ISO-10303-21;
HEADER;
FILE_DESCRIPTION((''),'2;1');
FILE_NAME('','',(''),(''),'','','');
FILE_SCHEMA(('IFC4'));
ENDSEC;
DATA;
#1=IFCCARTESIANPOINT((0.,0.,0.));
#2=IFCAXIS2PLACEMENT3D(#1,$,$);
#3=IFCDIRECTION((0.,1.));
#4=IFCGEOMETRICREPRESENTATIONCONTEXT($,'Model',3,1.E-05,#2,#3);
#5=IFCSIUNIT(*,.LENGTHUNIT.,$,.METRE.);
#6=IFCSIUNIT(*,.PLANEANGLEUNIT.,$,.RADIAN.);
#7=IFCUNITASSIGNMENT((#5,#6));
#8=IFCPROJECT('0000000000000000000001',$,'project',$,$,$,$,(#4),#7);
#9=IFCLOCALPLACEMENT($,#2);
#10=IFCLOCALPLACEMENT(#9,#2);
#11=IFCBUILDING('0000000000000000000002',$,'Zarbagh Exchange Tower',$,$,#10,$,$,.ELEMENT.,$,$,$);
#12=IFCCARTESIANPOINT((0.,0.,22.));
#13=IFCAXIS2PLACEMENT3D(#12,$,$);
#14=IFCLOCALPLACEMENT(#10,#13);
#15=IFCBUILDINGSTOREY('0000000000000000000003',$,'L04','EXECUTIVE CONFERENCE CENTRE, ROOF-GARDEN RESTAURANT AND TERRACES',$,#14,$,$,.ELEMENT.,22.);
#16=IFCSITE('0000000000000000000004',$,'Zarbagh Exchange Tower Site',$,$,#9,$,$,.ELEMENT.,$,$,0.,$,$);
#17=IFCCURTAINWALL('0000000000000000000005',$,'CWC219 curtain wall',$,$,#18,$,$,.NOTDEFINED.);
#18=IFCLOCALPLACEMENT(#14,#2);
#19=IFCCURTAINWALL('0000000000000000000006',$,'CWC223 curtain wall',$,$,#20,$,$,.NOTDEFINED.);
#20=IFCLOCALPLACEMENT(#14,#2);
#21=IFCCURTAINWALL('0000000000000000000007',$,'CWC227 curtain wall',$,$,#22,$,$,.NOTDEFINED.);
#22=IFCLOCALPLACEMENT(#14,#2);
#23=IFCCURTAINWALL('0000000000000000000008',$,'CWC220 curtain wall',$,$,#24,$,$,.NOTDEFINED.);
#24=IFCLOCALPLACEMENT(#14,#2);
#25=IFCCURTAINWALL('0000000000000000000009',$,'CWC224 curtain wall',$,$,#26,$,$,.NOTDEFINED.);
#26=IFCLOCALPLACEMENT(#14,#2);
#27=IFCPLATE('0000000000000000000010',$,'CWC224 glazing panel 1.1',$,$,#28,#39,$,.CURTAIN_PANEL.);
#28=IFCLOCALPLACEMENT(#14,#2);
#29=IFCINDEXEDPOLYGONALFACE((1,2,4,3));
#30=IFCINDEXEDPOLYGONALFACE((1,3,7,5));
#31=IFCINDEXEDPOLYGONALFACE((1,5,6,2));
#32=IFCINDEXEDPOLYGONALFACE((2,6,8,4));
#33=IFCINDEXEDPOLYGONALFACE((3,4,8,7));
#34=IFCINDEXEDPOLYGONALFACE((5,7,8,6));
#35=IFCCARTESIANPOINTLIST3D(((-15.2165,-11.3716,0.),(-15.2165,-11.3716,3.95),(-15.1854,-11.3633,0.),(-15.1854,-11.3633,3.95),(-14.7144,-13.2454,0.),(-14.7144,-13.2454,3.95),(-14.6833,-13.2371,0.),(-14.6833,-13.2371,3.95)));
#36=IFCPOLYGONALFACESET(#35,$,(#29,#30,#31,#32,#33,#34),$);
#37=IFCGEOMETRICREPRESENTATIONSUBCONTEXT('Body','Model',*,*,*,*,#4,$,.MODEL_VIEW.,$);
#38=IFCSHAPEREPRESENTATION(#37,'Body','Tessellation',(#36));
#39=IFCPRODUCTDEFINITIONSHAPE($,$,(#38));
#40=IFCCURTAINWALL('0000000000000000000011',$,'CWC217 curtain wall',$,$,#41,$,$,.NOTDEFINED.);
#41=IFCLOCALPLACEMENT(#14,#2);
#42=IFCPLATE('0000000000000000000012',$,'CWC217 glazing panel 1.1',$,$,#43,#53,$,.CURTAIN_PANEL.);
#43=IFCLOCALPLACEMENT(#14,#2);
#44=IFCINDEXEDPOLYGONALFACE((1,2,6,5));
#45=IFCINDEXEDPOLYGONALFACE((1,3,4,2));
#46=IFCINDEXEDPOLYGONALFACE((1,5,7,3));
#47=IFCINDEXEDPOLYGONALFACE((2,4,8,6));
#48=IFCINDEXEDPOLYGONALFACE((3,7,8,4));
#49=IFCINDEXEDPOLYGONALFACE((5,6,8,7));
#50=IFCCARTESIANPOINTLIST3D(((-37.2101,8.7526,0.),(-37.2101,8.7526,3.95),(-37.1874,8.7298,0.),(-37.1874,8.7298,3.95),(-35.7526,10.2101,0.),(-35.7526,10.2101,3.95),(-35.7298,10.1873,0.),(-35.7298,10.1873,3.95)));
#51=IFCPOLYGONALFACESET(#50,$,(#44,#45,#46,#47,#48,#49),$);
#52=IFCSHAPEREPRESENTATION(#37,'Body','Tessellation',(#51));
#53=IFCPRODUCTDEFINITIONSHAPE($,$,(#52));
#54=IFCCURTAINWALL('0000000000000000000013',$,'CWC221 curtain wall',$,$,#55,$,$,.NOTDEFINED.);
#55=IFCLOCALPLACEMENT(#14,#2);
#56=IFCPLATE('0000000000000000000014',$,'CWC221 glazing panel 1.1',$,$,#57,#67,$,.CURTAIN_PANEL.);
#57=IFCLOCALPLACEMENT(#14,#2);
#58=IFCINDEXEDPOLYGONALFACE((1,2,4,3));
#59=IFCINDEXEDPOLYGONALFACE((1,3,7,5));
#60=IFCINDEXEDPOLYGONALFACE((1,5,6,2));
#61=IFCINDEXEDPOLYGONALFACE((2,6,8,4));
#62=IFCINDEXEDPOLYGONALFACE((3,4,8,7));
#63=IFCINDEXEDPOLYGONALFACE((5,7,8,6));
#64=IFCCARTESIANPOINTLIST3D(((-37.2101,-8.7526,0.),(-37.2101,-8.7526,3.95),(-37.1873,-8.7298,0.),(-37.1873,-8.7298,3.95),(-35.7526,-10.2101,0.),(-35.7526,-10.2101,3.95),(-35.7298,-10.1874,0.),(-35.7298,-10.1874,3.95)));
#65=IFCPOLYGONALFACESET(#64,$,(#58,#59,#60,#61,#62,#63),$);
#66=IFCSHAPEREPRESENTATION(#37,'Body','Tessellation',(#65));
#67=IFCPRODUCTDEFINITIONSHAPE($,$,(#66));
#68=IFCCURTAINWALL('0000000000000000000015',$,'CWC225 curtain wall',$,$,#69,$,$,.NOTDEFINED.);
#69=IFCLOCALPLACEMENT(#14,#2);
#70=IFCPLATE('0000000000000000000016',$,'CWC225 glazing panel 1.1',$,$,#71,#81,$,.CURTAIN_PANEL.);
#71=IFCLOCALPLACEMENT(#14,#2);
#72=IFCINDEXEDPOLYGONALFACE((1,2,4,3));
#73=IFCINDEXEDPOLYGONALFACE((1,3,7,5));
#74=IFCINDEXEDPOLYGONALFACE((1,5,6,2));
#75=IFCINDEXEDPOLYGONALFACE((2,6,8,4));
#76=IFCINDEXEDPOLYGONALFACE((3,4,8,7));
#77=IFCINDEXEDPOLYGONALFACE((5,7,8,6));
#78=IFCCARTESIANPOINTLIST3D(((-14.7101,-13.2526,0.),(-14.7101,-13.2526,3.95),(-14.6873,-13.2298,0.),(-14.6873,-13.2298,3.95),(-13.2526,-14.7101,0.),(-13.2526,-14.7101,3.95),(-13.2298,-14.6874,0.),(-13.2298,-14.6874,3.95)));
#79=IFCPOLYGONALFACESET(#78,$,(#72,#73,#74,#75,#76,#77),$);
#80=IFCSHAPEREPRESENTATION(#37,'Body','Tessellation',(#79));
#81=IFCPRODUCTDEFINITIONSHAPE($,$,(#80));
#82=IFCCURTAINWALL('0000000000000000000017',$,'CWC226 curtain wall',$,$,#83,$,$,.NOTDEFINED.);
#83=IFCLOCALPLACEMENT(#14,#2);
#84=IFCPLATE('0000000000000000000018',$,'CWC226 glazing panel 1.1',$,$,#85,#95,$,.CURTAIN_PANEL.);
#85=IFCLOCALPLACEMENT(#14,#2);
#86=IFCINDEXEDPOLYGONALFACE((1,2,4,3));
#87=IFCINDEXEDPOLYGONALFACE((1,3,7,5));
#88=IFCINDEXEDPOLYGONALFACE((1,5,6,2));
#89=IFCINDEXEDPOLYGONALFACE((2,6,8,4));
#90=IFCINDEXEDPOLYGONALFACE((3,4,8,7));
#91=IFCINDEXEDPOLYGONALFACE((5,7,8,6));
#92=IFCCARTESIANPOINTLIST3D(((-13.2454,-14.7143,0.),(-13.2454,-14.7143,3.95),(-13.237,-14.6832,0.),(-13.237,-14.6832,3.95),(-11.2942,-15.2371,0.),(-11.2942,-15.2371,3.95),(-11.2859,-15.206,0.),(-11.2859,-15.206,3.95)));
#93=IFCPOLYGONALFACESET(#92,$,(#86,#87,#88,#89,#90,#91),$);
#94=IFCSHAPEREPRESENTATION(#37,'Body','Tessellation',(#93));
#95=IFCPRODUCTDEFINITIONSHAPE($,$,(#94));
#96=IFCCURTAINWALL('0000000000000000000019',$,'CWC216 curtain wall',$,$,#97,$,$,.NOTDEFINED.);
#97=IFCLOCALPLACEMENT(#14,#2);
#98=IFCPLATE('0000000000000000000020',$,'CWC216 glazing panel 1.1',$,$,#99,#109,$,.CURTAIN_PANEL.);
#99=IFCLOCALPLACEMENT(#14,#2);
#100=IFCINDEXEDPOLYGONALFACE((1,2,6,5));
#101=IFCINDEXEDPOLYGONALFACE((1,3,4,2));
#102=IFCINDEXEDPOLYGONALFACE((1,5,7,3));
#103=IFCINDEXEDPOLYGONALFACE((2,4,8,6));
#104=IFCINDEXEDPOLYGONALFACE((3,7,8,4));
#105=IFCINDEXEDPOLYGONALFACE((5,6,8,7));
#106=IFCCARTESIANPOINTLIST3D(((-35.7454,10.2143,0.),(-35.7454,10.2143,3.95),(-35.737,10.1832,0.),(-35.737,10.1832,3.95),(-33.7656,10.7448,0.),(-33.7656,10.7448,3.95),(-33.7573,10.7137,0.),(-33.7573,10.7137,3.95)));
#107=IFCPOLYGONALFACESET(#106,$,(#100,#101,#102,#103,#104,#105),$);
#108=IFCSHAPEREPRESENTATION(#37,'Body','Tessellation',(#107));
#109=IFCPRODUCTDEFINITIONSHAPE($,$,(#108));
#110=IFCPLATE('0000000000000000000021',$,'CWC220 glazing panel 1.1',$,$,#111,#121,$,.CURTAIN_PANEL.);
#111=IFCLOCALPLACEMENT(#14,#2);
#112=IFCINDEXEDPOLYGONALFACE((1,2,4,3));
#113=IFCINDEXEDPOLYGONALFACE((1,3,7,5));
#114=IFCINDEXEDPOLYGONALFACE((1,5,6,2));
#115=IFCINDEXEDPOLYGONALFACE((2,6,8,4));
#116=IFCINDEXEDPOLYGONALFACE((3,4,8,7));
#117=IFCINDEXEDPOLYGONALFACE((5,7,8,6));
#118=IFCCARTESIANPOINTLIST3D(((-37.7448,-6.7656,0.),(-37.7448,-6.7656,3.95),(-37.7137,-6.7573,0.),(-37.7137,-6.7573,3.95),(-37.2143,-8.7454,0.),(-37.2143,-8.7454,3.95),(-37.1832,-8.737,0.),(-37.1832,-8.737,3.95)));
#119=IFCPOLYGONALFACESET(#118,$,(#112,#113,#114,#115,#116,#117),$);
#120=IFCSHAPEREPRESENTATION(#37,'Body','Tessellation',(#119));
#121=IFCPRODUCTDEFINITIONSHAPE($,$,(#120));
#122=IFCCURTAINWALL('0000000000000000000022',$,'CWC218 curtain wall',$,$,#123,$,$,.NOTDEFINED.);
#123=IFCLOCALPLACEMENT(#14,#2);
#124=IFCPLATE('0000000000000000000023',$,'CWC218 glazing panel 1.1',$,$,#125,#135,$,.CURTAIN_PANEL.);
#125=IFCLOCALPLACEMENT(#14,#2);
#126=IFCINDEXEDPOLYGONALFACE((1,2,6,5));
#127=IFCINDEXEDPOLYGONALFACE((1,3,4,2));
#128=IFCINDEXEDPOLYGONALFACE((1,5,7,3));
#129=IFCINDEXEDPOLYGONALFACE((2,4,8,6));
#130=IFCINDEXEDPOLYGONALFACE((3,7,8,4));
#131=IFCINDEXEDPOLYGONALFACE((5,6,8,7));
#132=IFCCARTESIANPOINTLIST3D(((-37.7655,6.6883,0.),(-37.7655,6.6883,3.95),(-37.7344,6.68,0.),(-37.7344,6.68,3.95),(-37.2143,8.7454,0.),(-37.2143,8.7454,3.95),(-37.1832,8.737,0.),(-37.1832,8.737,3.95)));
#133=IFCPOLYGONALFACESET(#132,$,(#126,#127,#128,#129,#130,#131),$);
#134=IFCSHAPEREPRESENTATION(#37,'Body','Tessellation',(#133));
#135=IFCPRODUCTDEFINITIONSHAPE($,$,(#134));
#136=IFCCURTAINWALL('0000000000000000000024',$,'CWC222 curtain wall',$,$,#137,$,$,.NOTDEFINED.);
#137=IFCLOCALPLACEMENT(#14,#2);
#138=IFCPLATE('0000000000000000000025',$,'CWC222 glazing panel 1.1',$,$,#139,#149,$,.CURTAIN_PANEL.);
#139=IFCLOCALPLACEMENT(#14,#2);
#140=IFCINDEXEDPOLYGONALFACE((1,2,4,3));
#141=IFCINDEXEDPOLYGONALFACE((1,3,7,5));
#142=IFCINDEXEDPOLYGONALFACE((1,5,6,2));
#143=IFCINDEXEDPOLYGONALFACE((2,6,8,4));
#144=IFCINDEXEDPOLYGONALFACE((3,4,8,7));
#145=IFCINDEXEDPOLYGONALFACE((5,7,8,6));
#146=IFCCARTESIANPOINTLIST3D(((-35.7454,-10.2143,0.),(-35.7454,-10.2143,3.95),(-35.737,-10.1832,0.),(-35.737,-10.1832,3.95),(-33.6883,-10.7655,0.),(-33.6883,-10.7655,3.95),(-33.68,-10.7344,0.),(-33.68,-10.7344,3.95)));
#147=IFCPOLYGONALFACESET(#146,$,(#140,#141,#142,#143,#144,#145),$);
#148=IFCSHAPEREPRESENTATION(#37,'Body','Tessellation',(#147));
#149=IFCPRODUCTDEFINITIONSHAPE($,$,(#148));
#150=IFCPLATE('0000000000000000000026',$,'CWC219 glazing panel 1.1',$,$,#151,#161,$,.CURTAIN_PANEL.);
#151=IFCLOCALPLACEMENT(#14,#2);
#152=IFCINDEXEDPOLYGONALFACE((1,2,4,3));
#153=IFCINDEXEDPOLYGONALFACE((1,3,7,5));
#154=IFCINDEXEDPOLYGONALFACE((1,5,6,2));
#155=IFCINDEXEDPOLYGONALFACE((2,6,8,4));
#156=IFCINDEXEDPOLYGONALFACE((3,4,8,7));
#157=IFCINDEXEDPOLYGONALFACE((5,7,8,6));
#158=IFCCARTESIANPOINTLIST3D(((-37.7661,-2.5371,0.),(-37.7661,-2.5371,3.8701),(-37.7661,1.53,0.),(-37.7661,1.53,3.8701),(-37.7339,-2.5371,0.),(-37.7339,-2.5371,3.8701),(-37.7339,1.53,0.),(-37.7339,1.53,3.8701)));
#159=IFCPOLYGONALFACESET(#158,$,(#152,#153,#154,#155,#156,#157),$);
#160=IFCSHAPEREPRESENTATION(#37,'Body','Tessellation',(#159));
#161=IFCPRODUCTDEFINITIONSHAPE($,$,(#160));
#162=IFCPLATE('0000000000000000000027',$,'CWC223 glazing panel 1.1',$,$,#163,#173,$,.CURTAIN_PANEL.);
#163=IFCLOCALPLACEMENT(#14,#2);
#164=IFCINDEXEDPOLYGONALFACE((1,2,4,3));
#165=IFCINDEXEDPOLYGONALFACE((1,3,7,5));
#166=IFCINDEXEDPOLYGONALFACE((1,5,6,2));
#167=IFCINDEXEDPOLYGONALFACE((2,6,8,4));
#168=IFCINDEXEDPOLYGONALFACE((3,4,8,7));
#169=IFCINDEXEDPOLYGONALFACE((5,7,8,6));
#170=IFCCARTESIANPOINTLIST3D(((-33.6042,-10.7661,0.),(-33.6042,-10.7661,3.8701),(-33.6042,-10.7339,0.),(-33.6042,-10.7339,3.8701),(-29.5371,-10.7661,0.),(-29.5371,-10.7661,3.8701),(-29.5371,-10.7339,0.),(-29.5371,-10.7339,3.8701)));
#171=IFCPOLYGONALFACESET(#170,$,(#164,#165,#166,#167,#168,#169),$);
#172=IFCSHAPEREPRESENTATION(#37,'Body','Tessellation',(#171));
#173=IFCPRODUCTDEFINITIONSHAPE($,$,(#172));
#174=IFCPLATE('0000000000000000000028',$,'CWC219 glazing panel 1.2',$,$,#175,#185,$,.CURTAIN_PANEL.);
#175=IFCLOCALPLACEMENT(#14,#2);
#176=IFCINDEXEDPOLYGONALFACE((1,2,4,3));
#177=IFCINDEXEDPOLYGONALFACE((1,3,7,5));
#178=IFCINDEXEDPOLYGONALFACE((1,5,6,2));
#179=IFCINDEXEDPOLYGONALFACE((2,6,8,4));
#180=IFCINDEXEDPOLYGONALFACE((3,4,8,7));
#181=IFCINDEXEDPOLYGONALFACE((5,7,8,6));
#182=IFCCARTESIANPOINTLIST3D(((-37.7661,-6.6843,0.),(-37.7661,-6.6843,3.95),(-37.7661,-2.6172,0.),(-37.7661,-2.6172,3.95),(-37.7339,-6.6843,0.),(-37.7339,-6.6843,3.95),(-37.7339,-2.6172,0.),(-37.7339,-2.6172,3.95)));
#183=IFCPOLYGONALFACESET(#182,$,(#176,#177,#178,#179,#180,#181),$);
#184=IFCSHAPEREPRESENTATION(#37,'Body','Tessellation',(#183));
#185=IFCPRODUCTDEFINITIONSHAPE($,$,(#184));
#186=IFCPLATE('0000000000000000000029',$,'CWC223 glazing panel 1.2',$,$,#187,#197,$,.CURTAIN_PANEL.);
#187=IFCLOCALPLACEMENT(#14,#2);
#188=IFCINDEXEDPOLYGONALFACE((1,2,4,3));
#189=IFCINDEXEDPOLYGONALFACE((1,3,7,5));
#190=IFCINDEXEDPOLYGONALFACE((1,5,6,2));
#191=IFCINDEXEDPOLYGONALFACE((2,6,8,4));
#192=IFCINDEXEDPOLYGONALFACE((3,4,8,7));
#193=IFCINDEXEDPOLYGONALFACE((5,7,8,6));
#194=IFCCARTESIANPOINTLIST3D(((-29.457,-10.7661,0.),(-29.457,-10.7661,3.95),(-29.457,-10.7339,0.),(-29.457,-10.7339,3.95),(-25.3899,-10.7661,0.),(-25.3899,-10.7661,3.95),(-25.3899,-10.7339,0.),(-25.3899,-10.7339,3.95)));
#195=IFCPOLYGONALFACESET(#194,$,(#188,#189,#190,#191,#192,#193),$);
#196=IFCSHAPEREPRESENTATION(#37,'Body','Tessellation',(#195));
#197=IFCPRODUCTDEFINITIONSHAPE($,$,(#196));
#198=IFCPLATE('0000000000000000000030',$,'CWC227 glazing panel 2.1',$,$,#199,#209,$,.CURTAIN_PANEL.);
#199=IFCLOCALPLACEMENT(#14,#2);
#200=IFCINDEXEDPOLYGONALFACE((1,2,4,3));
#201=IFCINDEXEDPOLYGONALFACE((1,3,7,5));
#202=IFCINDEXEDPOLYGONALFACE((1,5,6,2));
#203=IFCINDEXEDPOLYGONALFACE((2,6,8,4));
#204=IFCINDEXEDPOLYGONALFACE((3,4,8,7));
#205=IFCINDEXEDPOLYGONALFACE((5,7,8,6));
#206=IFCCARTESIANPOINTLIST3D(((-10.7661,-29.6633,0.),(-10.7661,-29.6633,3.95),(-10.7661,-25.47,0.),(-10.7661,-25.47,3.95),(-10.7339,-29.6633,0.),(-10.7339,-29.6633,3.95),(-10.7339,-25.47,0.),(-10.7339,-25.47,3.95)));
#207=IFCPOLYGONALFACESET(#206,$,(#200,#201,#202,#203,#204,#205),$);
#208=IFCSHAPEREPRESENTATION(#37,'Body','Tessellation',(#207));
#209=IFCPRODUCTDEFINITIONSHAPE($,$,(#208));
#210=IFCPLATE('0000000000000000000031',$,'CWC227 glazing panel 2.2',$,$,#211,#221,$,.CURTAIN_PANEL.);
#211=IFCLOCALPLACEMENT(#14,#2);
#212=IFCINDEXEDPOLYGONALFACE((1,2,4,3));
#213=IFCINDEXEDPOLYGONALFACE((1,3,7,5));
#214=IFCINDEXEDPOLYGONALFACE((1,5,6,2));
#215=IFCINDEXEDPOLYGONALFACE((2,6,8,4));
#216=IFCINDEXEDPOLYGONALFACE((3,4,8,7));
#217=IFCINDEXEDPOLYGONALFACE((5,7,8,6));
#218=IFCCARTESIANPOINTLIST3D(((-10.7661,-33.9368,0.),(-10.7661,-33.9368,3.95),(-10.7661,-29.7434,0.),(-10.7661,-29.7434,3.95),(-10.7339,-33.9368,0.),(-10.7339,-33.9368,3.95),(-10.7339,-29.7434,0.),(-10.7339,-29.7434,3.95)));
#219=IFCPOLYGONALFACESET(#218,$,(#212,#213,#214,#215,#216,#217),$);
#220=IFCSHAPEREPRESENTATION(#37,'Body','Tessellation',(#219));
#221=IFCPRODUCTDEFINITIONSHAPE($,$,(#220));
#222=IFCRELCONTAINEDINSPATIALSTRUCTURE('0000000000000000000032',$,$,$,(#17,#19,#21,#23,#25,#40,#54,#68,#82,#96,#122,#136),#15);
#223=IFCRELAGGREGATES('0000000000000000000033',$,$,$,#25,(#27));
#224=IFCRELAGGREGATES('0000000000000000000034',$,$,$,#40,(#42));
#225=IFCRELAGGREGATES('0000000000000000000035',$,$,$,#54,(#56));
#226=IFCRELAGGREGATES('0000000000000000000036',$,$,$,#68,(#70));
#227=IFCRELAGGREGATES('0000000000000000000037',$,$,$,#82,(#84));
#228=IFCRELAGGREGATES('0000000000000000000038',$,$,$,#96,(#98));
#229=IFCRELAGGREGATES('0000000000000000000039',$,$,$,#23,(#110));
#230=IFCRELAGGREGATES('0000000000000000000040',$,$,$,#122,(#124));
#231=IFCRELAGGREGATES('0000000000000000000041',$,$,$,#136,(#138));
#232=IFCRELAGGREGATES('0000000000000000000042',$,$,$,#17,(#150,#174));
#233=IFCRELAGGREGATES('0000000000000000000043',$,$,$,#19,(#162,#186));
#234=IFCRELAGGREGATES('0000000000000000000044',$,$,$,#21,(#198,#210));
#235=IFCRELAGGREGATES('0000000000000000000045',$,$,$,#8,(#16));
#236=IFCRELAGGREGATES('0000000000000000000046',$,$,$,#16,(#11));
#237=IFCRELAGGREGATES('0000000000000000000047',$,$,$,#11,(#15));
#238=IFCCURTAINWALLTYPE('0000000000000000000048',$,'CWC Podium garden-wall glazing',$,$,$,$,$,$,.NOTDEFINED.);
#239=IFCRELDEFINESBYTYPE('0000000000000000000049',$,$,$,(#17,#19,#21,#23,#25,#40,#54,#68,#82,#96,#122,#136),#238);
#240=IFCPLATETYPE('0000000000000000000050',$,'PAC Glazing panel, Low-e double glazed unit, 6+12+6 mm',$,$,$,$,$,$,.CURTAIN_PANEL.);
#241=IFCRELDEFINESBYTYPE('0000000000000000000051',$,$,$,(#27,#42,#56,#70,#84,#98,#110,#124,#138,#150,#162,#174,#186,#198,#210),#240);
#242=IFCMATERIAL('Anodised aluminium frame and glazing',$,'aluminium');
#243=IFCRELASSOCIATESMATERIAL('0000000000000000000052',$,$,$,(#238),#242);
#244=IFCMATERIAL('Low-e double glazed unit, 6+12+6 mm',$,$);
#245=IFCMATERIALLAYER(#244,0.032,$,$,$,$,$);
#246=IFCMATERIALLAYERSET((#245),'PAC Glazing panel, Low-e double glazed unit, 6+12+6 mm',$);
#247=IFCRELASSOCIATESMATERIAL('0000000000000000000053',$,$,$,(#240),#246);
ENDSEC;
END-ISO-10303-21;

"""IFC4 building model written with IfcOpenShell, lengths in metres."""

from ifc_helpers import new_model, si_unit, direction, frame, origin, place, context, subcontext, project, spatial, polyline, outline, extrude, source, transform, mapped, material, layer, layer_set, type_object, element, aggregate, save


model = new_model("IFC4")

# Units and contexts
model_context = context("Model", 3, precision=1e-05, world=origin(), true_north=direction((0.0, 1.0)))
body_context = subcontext(model_context, "Body", "Model", "MODEL_VIEW")
ifc_project = project(units=[si_unit("LENGTHUNIT", "METRE"), si_unit("PLANEANGLEUNIT", "RADIAN")], contexts=[model_context])

# Site, building, storey
site_placement = place(None, origin())
site = spatial("IfcSite", under=ifc_project, at=site_placement, Name="Zarbagh Exchange Tower Site", CompositionType="ELEMENT", RefElevation=0.0)
building_placement = place(site_placement, origin())
building = spatial("IfcBuilding", under=site, at=building_placement, Name="Zarbagh Exchange Tower", CompositionType="ELEMENT")
storey_placement = place(building_placement, frame((0.0, 0.0, 22.0)))
storey = spatial("IfcBuildingStorey", under=building, at=storey_placement, Name="L04", Description="EXECUTIVE CONFERENCE CENTRE, ROOF-GARDEN RESTAURANT AND TERRACES", CompositionType="ELEMENT", Elevation=22.0)

# Curtain walls
ifc_material_1 = material(Name="Anodised aluminium frame and glazing", Category="aluminium")
curtain_wall_type = type_object("IfcCurtainWallType", Name="CWC Podium garden-wall glazing", PredefinedType="NOTDEFINED", material=ifc_material_1)
curtain_wall_1_placement = place(storey_placement, origin())
curtain_wall_1 = element("IfcCurtainWall", 1, at=curtain_wall_1_placement, inside=storey, type_object=curtain_wall_type, Name="CWC219 curtain wall", PredefinedType="NOTDEFINED")
placement = place(storey_placement, origin())
curtain_wall_2_placement = place(storey_placement, origin())
curtain_wall_2 = element("IfcCurtainWall", 2, at=curtain_wall_2_placement, inside=storey, type_object=curtain_wall_type, Name="CWC223 curtain wall", PredefinedType="NOTDEFINED")
curtain_wall_3_placement = place(storey_placement, origin())
curtain_wall_3 = element("IfcCurtainWall", 3, at=curtain_wall_3_placement, inside=storey, type_object=curtain_wall_type, Name="CWC227 curtain wall", PredefinedType="NOTDEFINED")

# Curtain wall
curtain_wall_4_placement = place(storey_placement, origin())
curtain_wall_4 = element("IfcCurtainWall", 4, at=curtain_wall_4_placement, inside=storey, type_object=curtain_wall_type, Name="CWC220 curtain wall", PredefinedType="NOTDEFINED")

# Curtain wall
curtain_wall_5_placement = place(storey_placement, origin())
curtain_wall_5 = element("IfcCurtainWall", 5, at=curtain_wall_5_placement, inside=storey, type_object=curtain_wall_type, Name="CWC224 curtain wall", PredefinedType="NOTDEFINED")

# Plate
ifc_material_2 = material(Name="Low-e double glazed unit, 6+12+6 mm")
ifc_layer = layer(ifc_material_2, 0.032)
ifc_layer_set = layer_set([ifc_layer], Name="PAC Glazing panel, Low-e double glazed unit, 6+12+6 mm")
plate_type = type_object("IfcPlateType", Name="PAC Glazing panel, Low-e double glazed unit, 6+12+6 mm", PredefinedType="CURTAIN_PANEL", material=ifc_layer_set)
shared_shape_1 = source(origin(), body_context, "Body", "SweptSolid", [
    extrude(outline(polyline([(0.0, -0.0161), (1.9399, -0.0161), (1.9399, 0.0161), (0.0, 0.0161), (0.0, -0.0161)])), origin(), (0.0, 0.0, 1.0), 3.95),
])
plate_1 = element("IfcPlate", 6, at=placement, type_object=plate_type, Name="CWC224 glazing panel 1.1", PredefinedType="CURTAIN_PANEL", context=body_context, shape_type="MappedRepresentation", body=[
    mapped(shared_shape_1, transform((-15.2009, -11.3674, 0.0), x_axis=(0.258825, -0.965924, 0.0), y_axis=(0.965924, 0.258825, 0.0), z_axis=(0.0, 0.0, 1.0))),
])
aggregate(curtain_wall_5, [plate_1])

# Curtain walls, plates
curtain_wall_6_placement = place(storey_placement, origin())
curtain_wall_6 = element("IfcCurtainWall", 7, at=curtain_wall_6_placement, inside=storey, type_object=curtain_wall_type, Name="CWC217 curtain wall", PredefinedType="NOTDEFINED")
shared_shape_2 = source(origin(), body_context, "Body", "SweptSolid", [
    extrude(outline(polyline([(0.0, -0.0161), (2.0613, -0.0161), (2.0613, 0.0161), (0.0, 0.0161), (0.0, -0.0161)])), origin(), (0.0, 0.0, 1.0), 3.95),
])
plate_2 = element("IfcPlate", 8, at=placement, type_object=plate_type, Name="CWC217 glazing panel 1.1", PredefinedType="CURTAIN_PANEL", context=body_context, shape_type="MappedRepresentation", body=[
    mapped(shared_shape_2, transform((-35.7412, 10.1987, 0.0), x_axis=(-0.707107, -0.707107, 0.0), y_axis=(0.707107, -0.707107, 0.0), z_axis=(0.0, 0.0, 1.0))),
])
aggregate(curtain_wall_6, [plate_2])
curtain_wall_7_placement = place(storey_placement, origin())
curtain_wall_7 = element("IfcCurtainWall", 9, at=curtain_wall_7_placement, inside=storey, type_object=curtain_wall_type, Name="CWC221 curtain wall", PredefinedType="NOTDEFINED")
plate_3 = element("IfcPlate", 10, at=placement, type_object=plate_type, Name="CWC221 glazing panel 1.1", PredefinedType="CURTAIN_PANEL", context=body_context, shape_type="MappedRepresentation", body=[
    mapped(shared_shape_2, transform((-37.1987, -8.7412, 0.0), x_axis=(0.707107, -0.707107, 0.0), y_axis=(0.707107, 0.707107, 0.0), z_axis=(0.0, 0.0, 1.0))),
])
aggregate(curtain_wall_7, [plate_3])
curtain_wall_8_placement = place(storey_placement, origin())
curtain_wall_8 = element("IfcCurtainWall", 11, at=curtain_wall_8_placement, inside=storey, type_object=curtain_wall_type, Name="CWC225 curtain wall", PredefinedType="NOTDEFINED")
plate_4 = element("IfcPlate", 12, at=placement, type_object=plate_type, Name="CWC225 glazing panel 1.1", PredefinedType="CURTAIN_PANEL", context=body_context, shape_type="MappedRepresentation", body=[
    mapped(shared_shape_2, transform((-14.6987, -13.2412, 0.0), x_axis=(0.707107, -0.707107, 0.0), y_axis=(0.707107, 0.707107, 0.0), z_axis=(0.0, 0.0, 1.0))),
])
aggregate(curtain_wall_8, [plate_4])
curtain_wall_9_placement = place(storey_placement, origin())
curtain_wall_9 = element("IfcCurtainWall", 13, at=curtain_wall_9_placement, inside=storey, type_object=curtain_wall_type, Name="CWC226 curtain wall", PredefinedType="NOTDEFINED")
shared_shape_3 = source(origin(), body_context, "Body", "SweptSolid", [
    extrude(outline(polyline([(0.0, -0.0161), (2.02, -0.0161), (2.02, 0.0161), (0.0, 0.0161), (0.0, -0.0161)])), origin(), (0.0, 0.0, 1.0), 3.95),
])
plate_5 = element("IfcPlate", 14, at=placement, type_object=plate_type, Name="CWC226 glazing panel 1.1", PredefinedType="CURTAIN_PANEL", context=body_context, shape_type="MappedRepresentation", body=[
    mapped(shared_shape_3, transform((-13.2412, -14.6987, 0.0), x_axis=(0.965924, -0.258825, 0.0), y_axis=(0.258825, 0.965924, 0.0), z_axis=(0.0, 0.0, 1.0))),
])
aggregate(curtain_wall_9, [plate_5])
curtain_wall_10_placement = place(storey_placement, origin())
curtain_wall_10 = element("IfcCurtainWall", 15, at=curtain_wall_10_placement, inside=storey, type_object=curtain_wall_type, Name="CWC216 curtain wall", PredefinedType="NOTDEFINED")
shared_shape_4 = source(origin(), body_context, "Body", "SweptSolid", [
    extrude(outline(polyline([(0.0, -0.0161), (2.0496, -0.0161), (2.0496, 0.0161), (0.0, 0.0161), (0.0, -0.0161)])), origin(), (0.0, 0.0, 1.0), 3.95),
])
plate_6 = element("IfcPlate", 16, at=placement, type_object=plate_type, Name="CWC216 glazing panel 1.1", PredefinedType="CURTAIN_PANEL", context=body_context, shape_type="MappedRepresentation", body=[
    mapped(shared_shape_4, transform((-33.7615, 10.7292, 0.0), x_axis=(-0.965924, -0.258825, 0.0), y_axis=(0.258825, -0.965924, 0.0), z_axis=(0.0, 0.0, 1.0))),
])
aggregate(curtain_wall_10, [plate_6])

# Plate
plate_7 = element("IfcPlate", 17, at=placement, type_object=plate_type, Name="CWC220 glazing panel 1.1", PredefinedType="CURTAIN_PANEL", context=body_context, shape_type="MappedRepresentation", body=[
    mapped(shared_shape_4, transform((-37.7292, -6.7615, 0.0), x_axis=(0.258825, -0.965924, 0.0), y_axis=(0.965924, 0.258825, 0.0), z_axis=(0.0, 0.0, 1.0))),
])
aggregate(curtain_wall_4, [plate_7])

# Curtain walls, plates
curtain_wall_11_placement = place(storey_placement, origin())
curtain_wall_11 = element("IfcCurtainWall", 18, at=curtain_wall_11_placement, inside=storey, type_object=curtain_wall_type, Name="CWC218 curtain wall", PredefinedType="NOTDEFINED")
shared_shape_5 = source(origin(), body_context, "Body", "SweptSolid", [
    extrude(outline(polyline([(0.0, -0.0161), (2.1296, -0.0161), (2.1296, 0.0161), (0.0, 0.0161), (0.0, -0.0161)])), origin(), (0.0, 0.0, 1.0), 3.95),
])
plate_8 = element("IfcPlate", 19, at=placement, type_object=plate_type, Name="CWC218 glazing panel 1.1", PredefinedType="CURTAIN_PANEL", context=body_context, shape_type="MappedRepresentation", body=[
    mapped(shared_shape_5, transform((-37.1987, 8.7412, 0.0), x_axis=(-0.258825, -0.965924, 0.0), y_axis=(0.965924, -0.258825, 0.0), z_axis=(0.0, 0.0, 1.0))),
])
aggregate(curtain_wall_11, [plate_8])
curtain_wall_12_placement = place(storey_placement, origin())
curtain_wall_12 = element("IfcCurtainWall", 20, at=curtain_wall_12_placement, inside=storey, type_object=curtain_wall_type, Name="CWC222 curtain wall", PredefinedType="NOTDEFINED")
plate_9 = element("IfcPlate", 21, at=placement, type_object=plate_type, Name="CWC222 glazing panel 1.1", PredefinedType="CURTAIN_PANEL", context=body_context, shape_type="MappedRepresentation", body=[
    mapped(shared_shape_5, transform((-35.7412, -10.1987, 0.0), x_axis=(0.965924, -0.258825, 0.0), y_axis=(0.258825, 0.965924, 0.0), z_axis=(0.0, 0.0, 1.0))),
])
aggregate(curtain_wall_12, [plate_9])

# Plates
shared_shape_6 = source(origin(), body_context, "Body", "SweptSolid", [
    extrude(outline(polyline([(0.0, -0.0161), (4.0671, -0.0161), (4.0671, 0.0161), (0.0, 0.0161), (0.0, -0.0161)])), origin(), (0.0, 0.0, 1.0), 3.8701),
])
plate_10 = element("IfcPlate", 22, at=placement, type_object=plate_type, Name="CWC219 glazing panel 1.1", PredefinedType="CURTAIN_PANEL", context=body_context, shape_type="MappedRepresentation", body=[
    mapped(shared_shape_6, transform((-37.75, 1.53, 0.0), x_axis=(0.0, -1.0, 0.0), y_axis=(1.0, 0.0, 0.0), z_axis=(0.0, 0.0, 1.0))),
])
plate_11 = element("IfcPlate", 23, at=placement, type_object=plate_type, Name="CWC223 glazing panel 1.1", PredefinedType="CURTAIN_PANEL", context=body_context, shape_type="MappedRepresentation", body=[
    mapped(shared_shape_6, transform((-33.6042, -10.75, 0.0), x_axis=(1.0, 0.0, 0.0), y_axis=(0.0, 1.0, 0.0), z_axis=(0.0, 0.0, 1.0))),
])
shared_shape_7 = source(origin(), body_context, "Body", "SweptSolid", [
    extrude(outline(polyline([(0.0, -0.0161), (4.0671, -0.0161), (4.0671, 0.0161), (0.0, 0.0161), (0.0, -0.0161)])), origin(), (0.0, 0.0, 1.0), 3.95),
])
plate_12 = element("IfcPlate", 24, at=placement, type_object=plate_type, Name="CWC219 glazing panel 1.2", PredefinedType="CURTAIN_PANEL", context=body_context, shape_type="MappedRepresentation", body=[
    mapped(shared_shape_7, transform((-37.75, -2.6172, 0.0), x_axis=(0.0, -1.0, 0.0), y_axis=(1.0, 0.0, 0.0), z_axis=(0.0, 0.0, 1.0))),
])
aggregate(curtain_wall_1, [plate_10, plate_12])
plate_13 = element("IfcPlate", 25, at=placement, type_object=plate_type, Name="CWC223 glazing panel 1.2", PredefinedType="CURTAIN_PANEL", context=body_context, shape_type="MappedRepresentation", body=[
    mapped(shared_shape_7, transform((-29.457, -10.75, 0.0), x_axis=(1.0, 0.0, 0.0), y_axis=(0.0, 1.0, 0.0), z_axis=(0.0, 0.0, 1.0))),
])
shared_shape_8 = source(origin(), body_context, "Body", "SweptSolid", [
    extrude(outline(polyline([(0.0, -0.0161), (4.1934, -0.0161), (4.1934, 0.0161), (0.0, 0.0161), (0.0, -0.0161)])), origin(), (0.0, 0.0, 1.0), 3.95),
])
plate_14 = element("IfcPlate", 26, at=placement, type_object=plate_type, Name="CWC227 glazing panel 2.1", PredefinedType="CURTAIN_PANEL", context=body_context, shape_type="MappedRepresentation", body=[
    mapped(shared_shape_8, transform((-10.75, -25.47, 0.0), x_axis=(0.0, -1.0, 0.0), y_axis=(1.0, 0.0, 0.0), z_axis=(0.0, 0.0, 1.0))),
])
plate_15 = element("IfcPlate", 27, at=placement, type_object=plate_type, Name="CWC227 glazing panel 2.2", PredefinedType="CURTAIN_PANEL", context=body_context, shape_type="MappedRepresentation", body=[
    mapped(shared_shape_8, transform((-10.75, -29.7434, 0.0), x_axis=(0.0, -1.0, 0.0), y_axis=(1.0, 0.0, 0.0), z_axis=(0.0, 0.0, 1.0))),
])
aggregate(curtain_wall_2, [plate_11, plate_13])
aggregate(curtain_wall_3, [plate_14, plate_15])

save(model, "model.ifc")
